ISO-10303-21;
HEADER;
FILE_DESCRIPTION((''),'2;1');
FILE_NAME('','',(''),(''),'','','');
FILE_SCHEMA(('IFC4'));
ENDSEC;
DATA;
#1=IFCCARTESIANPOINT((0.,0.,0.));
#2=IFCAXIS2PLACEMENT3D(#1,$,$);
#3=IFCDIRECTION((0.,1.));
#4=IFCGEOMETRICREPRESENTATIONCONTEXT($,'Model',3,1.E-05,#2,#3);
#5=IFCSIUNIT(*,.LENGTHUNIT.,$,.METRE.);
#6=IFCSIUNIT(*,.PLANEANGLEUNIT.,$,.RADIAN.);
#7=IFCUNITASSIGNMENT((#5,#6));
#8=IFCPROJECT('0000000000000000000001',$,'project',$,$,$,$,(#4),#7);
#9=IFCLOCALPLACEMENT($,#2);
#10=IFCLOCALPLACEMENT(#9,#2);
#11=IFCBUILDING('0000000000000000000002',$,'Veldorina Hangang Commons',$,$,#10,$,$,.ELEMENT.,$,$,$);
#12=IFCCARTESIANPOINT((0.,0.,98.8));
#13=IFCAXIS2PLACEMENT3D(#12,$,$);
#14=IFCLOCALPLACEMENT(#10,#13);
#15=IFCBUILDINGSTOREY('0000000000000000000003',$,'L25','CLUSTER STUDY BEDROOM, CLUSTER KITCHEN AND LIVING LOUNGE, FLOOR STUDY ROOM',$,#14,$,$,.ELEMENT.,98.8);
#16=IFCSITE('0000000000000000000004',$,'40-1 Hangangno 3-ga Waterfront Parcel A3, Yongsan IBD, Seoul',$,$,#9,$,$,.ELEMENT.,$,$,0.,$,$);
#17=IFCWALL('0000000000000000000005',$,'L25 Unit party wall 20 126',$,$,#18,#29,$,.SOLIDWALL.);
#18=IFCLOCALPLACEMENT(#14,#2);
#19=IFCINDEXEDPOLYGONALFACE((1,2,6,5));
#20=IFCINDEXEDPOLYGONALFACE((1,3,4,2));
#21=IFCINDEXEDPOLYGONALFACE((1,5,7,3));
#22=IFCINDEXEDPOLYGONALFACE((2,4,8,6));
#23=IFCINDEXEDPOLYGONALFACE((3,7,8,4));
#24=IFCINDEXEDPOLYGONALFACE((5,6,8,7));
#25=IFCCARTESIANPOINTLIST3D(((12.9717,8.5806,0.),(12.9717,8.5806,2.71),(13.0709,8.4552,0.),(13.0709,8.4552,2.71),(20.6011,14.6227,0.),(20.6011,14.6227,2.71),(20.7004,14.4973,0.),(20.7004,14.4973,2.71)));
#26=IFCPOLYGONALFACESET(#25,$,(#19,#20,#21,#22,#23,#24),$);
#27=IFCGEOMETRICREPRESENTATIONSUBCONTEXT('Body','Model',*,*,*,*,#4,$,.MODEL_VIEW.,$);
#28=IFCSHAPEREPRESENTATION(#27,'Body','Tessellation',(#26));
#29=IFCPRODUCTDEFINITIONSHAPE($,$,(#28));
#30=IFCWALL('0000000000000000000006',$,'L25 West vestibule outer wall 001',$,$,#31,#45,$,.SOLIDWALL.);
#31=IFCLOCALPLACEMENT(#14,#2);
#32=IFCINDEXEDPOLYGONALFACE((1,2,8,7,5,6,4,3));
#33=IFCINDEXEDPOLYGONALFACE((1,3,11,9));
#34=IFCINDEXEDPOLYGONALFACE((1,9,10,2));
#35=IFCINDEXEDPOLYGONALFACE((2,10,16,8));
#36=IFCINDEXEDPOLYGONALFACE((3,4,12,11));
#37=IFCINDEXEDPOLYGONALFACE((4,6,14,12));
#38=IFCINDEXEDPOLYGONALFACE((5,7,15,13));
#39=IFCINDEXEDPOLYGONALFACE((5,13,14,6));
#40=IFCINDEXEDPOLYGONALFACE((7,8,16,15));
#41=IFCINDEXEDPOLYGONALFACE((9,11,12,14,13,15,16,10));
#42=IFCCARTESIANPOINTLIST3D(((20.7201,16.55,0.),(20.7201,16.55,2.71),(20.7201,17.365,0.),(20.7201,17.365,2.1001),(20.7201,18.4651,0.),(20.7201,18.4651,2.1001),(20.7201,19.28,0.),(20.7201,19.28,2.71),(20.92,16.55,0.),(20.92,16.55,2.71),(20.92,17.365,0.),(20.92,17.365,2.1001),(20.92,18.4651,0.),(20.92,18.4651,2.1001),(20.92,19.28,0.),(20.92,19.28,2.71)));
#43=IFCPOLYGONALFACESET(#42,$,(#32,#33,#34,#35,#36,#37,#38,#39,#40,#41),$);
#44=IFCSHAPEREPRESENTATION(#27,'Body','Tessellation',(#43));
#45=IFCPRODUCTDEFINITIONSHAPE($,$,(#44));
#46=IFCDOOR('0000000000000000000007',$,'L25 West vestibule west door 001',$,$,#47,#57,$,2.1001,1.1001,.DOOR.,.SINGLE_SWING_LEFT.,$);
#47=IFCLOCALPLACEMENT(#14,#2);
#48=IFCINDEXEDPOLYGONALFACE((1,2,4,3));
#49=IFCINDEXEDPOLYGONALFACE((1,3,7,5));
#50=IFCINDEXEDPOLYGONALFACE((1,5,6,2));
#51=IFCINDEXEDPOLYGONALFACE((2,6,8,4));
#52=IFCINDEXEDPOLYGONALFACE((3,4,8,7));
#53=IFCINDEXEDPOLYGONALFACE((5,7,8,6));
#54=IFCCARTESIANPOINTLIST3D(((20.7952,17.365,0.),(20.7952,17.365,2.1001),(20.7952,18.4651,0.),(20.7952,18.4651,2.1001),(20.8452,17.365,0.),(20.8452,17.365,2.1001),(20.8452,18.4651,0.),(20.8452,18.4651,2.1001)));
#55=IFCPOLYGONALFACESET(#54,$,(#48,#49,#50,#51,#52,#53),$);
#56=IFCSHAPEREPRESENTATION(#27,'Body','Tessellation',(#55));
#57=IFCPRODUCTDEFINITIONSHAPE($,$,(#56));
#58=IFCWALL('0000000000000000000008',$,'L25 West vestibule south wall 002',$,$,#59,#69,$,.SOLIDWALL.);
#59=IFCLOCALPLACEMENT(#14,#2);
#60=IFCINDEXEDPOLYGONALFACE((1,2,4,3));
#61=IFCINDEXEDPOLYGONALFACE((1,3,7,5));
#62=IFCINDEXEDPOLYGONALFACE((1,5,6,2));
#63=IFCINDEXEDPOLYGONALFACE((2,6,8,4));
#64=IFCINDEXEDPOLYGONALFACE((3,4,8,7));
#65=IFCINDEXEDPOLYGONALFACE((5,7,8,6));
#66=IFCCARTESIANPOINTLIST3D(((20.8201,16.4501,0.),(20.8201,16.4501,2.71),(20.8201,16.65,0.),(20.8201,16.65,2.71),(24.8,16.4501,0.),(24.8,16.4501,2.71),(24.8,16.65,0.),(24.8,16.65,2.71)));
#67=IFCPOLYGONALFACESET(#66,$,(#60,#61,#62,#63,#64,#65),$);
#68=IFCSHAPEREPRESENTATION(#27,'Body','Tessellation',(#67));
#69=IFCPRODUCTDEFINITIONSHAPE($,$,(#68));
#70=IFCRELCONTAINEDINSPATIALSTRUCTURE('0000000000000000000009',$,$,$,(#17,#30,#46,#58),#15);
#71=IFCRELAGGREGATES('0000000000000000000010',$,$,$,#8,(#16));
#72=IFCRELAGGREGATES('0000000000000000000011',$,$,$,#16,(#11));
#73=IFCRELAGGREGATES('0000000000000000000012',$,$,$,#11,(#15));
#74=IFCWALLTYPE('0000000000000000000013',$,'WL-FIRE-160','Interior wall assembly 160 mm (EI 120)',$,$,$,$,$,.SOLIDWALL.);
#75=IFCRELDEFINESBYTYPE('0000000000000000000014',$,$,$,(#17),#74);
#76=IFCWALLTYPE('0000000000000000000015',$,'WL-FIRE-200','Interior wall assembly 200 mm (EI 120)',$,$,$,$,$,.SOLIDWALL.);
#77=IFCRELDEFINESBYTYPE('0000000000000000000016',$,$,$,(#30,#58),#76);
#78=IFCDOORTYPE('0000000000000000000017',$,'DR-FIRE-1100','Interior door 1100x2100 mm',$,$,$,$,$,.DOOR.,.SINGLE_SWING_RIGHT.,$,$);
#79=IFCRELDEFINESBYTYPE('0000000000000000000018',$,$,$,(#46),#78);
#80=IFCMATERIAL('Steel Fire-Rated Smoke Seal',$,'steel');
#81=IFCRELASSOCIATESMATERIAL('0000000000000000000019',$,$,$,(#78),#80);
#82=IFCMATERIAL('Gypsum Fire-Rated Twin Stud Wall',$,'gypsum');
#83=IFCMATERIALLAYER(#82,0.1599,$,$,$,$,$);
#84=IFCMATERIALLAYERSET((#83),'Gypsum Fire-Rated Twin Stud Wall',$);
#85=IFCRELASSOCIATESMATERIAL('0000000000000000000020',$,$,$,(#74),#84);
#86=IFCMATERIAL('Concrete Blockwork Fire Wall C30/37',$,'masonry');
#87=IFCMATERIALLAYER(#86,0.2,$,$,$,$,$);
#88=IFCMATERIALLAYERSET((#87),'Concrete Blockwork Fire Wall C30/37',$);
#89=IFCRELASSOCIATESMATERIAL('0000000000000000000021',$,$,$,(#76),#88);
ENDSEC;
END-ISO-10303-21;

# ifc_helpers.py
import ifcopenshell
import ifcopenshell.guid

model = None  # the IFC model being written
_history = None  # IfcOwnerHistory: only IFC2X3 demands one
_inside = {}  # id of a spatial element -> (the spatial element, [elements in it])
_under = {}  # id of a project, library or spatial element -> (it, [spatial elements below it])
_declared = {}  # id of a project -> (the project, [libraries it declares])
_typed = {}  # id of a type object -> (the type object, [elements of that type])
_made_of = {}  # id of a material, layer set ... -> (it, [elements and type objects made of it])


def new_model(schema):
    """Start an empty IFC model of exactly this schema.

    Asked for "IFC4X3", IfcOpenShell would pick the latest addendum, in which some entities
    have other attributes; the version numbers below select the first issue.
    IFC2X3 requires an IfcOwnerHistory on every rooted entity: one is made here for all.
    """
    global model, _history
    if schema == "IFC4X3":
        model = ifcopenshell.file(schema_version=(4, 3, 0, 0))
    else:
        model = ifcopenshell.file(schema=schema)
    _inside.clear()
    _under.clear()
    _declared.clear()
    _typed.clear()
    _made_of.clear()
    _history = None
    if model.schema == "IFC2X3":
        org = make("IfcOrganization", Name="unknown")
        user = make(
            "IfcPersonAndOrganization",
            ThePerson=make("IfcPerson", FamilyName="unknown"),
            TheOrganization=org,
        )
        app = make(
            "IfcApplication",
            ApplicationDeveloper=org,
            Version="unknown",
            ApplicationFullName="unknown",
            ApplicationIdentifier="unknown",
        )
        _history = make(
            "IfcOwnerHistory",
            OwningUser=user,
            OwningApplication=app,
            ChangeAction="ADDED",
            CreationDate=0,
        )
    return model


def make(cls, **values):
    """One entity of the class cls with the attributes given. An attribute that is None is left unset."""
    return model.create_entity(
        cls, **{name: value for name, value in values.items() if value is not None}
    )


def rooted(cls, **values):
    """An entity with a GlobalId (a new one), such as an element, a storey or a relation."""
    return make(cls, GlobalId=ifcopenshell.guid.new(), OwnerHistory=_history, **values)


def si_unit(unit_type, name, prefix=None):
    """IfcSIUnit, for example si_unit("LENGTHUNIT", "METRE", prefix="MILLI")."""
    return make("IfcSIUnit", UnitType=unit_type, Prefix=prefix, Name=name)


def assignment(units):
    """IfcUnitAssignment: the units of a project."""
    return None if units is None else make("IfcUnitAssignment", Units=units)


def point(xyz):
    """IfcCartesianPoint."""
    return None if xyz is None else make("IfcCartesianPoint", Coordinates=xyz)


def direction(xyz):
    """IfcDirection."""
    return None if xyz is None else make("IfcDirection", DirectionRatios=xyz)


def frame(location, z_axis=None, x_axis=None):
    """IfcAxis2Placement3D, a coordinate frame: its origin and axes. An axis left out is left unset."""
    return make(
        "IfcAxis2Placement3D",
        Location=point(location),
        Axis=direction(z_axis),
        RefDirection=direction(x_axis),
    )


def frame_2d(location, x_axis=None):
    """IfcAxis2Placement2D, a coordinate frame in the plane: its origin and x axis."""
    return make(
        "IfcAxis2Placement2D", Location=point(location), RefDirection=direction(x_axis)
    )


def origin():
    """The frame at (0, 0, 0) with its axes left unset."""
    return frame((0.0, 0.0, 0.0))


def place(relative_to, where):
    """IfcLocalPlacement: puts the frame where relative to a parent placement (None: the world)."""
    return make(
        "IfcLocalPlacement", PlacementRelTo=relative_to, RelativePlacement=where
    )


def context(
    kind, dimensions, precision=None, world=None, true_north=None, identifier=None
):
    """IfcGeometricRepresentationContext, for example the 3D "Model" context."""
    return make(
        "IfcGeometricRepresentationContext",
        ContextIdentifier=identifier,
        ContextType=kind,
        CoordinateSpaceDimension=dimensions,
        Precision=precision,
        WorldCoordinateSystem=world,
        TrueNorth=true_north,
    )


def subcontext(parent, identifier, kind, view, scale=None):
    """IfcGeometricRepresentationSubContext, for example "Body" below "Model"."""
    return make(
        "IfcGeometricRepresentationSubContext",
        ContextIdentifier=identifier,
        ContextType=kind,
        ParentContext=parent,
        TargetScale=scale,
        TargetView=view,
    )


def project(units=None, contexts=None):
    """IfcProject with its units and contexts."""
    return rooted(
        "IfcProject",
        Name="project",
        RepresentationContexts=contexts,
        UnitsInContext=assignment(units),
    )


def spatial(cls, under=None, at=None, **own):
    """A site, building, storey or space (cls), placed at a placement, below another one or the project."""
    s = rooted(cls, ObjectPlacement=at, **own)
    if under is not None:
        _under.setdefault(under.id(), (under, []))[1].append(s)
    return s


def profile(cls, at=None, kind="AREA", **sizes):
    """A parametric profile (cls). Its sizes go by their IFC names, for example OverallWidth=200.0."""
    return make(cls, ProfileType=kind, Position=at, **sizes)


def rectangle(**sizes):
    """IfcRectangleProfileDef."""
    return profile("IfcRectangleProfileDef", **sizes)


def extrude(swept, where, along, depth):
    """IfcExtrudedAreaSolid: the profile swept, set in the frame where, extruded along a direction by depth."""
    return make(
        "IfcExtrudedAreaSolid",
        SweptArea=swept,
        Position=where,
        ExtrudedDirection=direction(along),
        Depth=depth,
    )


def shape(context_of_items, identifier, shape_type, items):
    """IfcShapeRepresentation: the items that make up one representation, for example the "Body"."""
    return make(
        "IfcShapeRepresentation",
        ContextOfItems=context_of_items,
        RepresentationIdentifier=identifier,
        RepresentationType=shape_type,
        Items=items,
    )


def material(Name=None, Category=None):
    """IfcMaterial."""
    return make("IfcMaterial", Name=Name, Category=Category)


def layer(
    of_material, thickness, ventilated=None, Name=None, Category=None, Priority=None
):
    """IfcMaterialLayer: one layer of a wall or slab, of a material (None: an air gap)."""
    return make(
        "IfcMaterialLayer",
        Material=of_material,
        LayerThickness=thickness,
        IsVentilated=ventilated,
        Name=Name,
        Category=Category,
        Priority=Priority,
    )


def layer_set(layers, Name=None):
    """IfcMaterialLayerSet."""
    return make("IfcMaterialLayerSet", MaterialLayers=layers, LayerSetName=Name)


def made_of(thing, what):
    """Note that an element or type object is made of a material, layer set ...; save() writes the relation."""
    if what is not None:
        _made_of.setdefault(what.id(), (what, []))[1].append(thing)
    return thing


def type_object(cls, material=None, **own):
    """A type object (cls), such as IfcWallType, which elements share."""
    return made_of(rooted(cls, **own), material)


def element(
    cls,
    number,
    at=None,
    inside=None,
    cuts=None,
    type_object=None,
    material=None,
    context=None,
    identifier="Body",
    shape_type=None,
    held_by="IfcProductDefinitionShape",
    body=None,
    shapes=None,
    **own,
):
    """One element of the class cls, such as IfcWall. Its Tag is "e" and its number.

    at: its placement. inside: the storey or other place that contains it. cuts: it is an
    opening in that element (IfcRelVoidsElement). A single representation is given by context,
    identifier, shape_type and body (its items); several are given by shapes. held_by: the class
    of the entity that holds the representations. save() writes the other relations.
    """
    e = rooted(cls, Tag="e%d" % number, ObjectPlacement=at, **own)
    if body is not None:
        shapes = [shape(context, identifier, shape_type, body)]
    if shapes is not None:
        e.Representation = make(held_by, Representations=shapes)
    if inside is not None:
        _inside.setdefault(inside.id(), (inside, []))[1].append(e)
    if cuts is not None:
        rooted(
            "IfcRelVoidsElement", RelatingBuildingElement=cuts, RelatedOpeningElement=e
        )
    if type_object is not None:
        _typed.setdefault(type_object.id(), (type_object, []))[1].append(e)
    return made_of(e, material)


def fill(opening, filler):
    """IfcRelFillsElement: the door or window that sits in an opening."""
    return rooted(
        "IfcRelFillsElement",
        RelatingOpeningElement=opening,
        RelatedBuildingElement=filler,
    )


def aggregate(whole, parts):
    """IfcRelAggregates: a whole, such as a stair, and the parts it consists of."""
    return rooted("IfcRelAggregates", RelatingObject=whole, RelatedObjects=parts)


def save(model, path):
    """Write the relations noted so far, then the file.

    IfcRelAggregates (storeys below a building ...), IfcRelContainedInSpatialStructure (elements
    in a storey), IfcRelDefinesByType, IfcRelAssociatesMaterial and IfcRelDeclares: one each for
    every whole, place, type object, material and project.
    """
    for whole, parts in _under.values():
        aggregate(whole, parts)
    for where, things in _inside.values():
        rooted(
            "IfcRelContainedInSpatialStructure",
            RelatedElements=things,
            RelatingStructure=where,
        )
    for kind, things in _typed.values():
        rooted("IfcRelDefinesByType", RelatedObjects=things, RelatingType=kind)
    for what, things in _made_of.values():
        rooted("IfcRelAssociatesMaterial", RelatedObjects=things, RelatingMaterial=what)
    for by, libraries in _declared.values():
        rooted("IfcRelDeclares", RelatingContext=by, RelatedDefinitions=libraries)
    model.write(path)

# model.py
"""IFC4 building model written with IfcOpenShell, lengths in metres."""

from ifc_helpers import new_model, si_unit, direction, frame, frame_2d, origin, place, context, subcontext, project, spatial, rectangle, extrude, material, layer, layer_set, type_object, element, fill, save


model = new_model("IFC4")

# Units and contexts
model_context = context("Model", 3, precision=1e-05, world=origin(), true_north=direction((0.0, 1.0)))
body_context = subcontext(model_context, "Body", "Model", "MODEL_VIEW")
ifc_project = project(units=[si_unit("LENGTHUNIT", "METRE"), si_unit("PLANEANGLEUNIT", "RADIAN")], contexts=[model_context])

# Site, building, storey
site_placement = place(None, origin())
site = spatial("IfcSite", under=ifc_project, at=site_placement, Name="40-1 Hangangno 3-ga Waterfront Parcel A3, Yongsan IBD, Seoul", CompositionType="ELEMENT", RefElevation=0.0)
building_placement = place(site_placement, origin())
building = spatial("IfcBuilding", under=site, at=building_placement, Name="Veldorina Hangang Commons", CompositionType="ELEMENT")
storey_placement = place(building_placement, frame((0.0, 0.0, 98.8)))
storey = spatial("IfcBuildingStorey", under=building, at=storey_placement, Name="L25", Description="CLUSTER STUDY BEDROOM, CLUSTER KITCHEN AND LIVING LOUNGE, FLOOR STUDY ROOM", CompositionType="ELEMENT", Elevation=98.8)

# Shared definitions
ifc_material_1 = material(Name="Steel Fire-Rated Smoke Seal", Category="steel")
door_type_1 = type_object("IfcDoorType", Name="DR-FIRE-1100", Description="Interior door 1100x2100 mm", OperationType="SINGLE_SWING_RIGHT", PredefinedType="DOOR", material=ifc_material_1)

# Shared definitions
ifc_material_2 = material(Name="Gypsum Fire-Rated Twin Stud Wall", Category="gypsum")
ifc_layer_1 = layer(ifc_material_2, 0.1599)
ifc_layer_set_1 = layer_set([ifc_layer_1], Name="Gypsum Fire-Rated Twin Stud Wall")
wall_type_1 = type_object("IfcWallType", Name="WL-FIRE-160", Description="Interior wall assembly 160 mm (EI 120)", PredefinedType="SOLIDWALL", material=ifc_layer_set_1)

# Wall
wall_1_placement = place(storey_placement, frame((20.6509, 14.5601, 0.0), z_axis=(0.0, 0.0, 1.0), x_axis=(-0.783943, -0.620833, 0.0)))
element("IfcWall", 1, at=wall_1_placement, inside=storey, type_object=wall_type_1, Name="L25 Unit party wall 20 126", PredefinedType="SOLIDWALL", context=body_context, shape_type="SweptSolid", body=[
    extrude(rectangle(XDim=9.7322, YDim=0.1599, at=frame_2d((4.8662, 0.0))), origin(), (0.0, 0.0, 1.0), 2.71),
])

# Wall, opening, door
ifc_material_3 = material(Name="Concrete Blockwork Fire Wall C30/37", Category="masonry")
ifc_layer_2 = layer(ifc_material_3, 0.2)
ifc_layer_set_2 = layer_set([ifc_layer_2], Name="Concrete Blockwork Fire Wall C30/37")
wall_type_2 = type_object("IfcWallType", Name="WL-FIRE-200", Description="Interior wall assembly 200 mm (EI 120)", PredefinedType="SOLIDWALL", material=ifc_layer_set_2)
wall_2_placement = place(storey_placement, frame((20.8201, 16.55, 0.0), z_axis=(0.0, 0.0, 1.0), x_axis=(0.0, 1.0, 0.0)))
wall_2 = element("IfcWall", 2, at=wall_2_placement, inside=storey, type_object=wall_type_2, Name="L25 West vestibule outer wall 001", PredefinedType="SOLIDWALL", context=body_context, shape_type="SweptSolid", body=[
    extrude(rectangle(XDim=2.73, YDim=0.2, at=frame_2d((1.365, 0.0))), origin(), (0.0, 0.0, 1.0), 2.71),
])
opening_1_placement = place(wall_2_placement, frame((0.8149, 0.0, 0.0)))
opening_1 = element("IfcOpeningElement", 3, at=opening_1_placement, cuts=wall_2, PredefinedType="OPENING", context=body_context, shape_type="SweptSolid", body=[
    extrude(rectangle(XDim=1.1001, YDim=2.1001, at=frame_2d((0.55, 1.05))), frame((0.0, 0.1099, 0.0), z_axis=(0.0, -1.0, 0.0), x_axis=(1.0, 0.0, 0.0)), (0.0, 0.0, 1.0), 0.22),
])
door_1_placement = place(opening_1_placement, origin())
door_1 = element("IfcDoor", 4, at=door_1_placement, inside=storey, type_object=door_type_1, Name="L25 West vestibule west door 001", OperationType="SINGLE_SWING_LEFT", OverallHeight=2.1001, OverallWidth=1.1001, PredefinedType="DOOR", context=body_context, shape_type="SweptSolid", body=[
    extrude(rectangle(XDim=1.1001, YDim=2.1001, at=frame_2d((0.55, 1.05))), frame((0.0, 0.0249, 0.0), z_axis=(0.0, -1.0, 0.0), x_axis=(1.0, 0.0, 0.0)), (0.0, 0.0, 1.0), 0.05),
])
fill(opening_1, door_1)

# Wall
wall_3_placement = place(storey_placement, frame((20.8201, 16.55, 0.0), z_axis=(0.0, 0.0, 1.0), x_axis=(1.0, 0.0, 0.0)))
element("IfcWall", 5, at=wall_3_placement, inside=storey, type_object=wall_type_2, Name="L25 West vestibule south wall 002", PredefinedType="SOLIDWALL", context=body_context, shape_type="SweptSolid", body=[
    extrude(rectangle(XDim=3.98, YDim=0.2, at=frame_2d((1.99, 0.0))), origin(), (0.0, 0.0, 1.0), 2.71),
])

save(model, "model.ifc")
